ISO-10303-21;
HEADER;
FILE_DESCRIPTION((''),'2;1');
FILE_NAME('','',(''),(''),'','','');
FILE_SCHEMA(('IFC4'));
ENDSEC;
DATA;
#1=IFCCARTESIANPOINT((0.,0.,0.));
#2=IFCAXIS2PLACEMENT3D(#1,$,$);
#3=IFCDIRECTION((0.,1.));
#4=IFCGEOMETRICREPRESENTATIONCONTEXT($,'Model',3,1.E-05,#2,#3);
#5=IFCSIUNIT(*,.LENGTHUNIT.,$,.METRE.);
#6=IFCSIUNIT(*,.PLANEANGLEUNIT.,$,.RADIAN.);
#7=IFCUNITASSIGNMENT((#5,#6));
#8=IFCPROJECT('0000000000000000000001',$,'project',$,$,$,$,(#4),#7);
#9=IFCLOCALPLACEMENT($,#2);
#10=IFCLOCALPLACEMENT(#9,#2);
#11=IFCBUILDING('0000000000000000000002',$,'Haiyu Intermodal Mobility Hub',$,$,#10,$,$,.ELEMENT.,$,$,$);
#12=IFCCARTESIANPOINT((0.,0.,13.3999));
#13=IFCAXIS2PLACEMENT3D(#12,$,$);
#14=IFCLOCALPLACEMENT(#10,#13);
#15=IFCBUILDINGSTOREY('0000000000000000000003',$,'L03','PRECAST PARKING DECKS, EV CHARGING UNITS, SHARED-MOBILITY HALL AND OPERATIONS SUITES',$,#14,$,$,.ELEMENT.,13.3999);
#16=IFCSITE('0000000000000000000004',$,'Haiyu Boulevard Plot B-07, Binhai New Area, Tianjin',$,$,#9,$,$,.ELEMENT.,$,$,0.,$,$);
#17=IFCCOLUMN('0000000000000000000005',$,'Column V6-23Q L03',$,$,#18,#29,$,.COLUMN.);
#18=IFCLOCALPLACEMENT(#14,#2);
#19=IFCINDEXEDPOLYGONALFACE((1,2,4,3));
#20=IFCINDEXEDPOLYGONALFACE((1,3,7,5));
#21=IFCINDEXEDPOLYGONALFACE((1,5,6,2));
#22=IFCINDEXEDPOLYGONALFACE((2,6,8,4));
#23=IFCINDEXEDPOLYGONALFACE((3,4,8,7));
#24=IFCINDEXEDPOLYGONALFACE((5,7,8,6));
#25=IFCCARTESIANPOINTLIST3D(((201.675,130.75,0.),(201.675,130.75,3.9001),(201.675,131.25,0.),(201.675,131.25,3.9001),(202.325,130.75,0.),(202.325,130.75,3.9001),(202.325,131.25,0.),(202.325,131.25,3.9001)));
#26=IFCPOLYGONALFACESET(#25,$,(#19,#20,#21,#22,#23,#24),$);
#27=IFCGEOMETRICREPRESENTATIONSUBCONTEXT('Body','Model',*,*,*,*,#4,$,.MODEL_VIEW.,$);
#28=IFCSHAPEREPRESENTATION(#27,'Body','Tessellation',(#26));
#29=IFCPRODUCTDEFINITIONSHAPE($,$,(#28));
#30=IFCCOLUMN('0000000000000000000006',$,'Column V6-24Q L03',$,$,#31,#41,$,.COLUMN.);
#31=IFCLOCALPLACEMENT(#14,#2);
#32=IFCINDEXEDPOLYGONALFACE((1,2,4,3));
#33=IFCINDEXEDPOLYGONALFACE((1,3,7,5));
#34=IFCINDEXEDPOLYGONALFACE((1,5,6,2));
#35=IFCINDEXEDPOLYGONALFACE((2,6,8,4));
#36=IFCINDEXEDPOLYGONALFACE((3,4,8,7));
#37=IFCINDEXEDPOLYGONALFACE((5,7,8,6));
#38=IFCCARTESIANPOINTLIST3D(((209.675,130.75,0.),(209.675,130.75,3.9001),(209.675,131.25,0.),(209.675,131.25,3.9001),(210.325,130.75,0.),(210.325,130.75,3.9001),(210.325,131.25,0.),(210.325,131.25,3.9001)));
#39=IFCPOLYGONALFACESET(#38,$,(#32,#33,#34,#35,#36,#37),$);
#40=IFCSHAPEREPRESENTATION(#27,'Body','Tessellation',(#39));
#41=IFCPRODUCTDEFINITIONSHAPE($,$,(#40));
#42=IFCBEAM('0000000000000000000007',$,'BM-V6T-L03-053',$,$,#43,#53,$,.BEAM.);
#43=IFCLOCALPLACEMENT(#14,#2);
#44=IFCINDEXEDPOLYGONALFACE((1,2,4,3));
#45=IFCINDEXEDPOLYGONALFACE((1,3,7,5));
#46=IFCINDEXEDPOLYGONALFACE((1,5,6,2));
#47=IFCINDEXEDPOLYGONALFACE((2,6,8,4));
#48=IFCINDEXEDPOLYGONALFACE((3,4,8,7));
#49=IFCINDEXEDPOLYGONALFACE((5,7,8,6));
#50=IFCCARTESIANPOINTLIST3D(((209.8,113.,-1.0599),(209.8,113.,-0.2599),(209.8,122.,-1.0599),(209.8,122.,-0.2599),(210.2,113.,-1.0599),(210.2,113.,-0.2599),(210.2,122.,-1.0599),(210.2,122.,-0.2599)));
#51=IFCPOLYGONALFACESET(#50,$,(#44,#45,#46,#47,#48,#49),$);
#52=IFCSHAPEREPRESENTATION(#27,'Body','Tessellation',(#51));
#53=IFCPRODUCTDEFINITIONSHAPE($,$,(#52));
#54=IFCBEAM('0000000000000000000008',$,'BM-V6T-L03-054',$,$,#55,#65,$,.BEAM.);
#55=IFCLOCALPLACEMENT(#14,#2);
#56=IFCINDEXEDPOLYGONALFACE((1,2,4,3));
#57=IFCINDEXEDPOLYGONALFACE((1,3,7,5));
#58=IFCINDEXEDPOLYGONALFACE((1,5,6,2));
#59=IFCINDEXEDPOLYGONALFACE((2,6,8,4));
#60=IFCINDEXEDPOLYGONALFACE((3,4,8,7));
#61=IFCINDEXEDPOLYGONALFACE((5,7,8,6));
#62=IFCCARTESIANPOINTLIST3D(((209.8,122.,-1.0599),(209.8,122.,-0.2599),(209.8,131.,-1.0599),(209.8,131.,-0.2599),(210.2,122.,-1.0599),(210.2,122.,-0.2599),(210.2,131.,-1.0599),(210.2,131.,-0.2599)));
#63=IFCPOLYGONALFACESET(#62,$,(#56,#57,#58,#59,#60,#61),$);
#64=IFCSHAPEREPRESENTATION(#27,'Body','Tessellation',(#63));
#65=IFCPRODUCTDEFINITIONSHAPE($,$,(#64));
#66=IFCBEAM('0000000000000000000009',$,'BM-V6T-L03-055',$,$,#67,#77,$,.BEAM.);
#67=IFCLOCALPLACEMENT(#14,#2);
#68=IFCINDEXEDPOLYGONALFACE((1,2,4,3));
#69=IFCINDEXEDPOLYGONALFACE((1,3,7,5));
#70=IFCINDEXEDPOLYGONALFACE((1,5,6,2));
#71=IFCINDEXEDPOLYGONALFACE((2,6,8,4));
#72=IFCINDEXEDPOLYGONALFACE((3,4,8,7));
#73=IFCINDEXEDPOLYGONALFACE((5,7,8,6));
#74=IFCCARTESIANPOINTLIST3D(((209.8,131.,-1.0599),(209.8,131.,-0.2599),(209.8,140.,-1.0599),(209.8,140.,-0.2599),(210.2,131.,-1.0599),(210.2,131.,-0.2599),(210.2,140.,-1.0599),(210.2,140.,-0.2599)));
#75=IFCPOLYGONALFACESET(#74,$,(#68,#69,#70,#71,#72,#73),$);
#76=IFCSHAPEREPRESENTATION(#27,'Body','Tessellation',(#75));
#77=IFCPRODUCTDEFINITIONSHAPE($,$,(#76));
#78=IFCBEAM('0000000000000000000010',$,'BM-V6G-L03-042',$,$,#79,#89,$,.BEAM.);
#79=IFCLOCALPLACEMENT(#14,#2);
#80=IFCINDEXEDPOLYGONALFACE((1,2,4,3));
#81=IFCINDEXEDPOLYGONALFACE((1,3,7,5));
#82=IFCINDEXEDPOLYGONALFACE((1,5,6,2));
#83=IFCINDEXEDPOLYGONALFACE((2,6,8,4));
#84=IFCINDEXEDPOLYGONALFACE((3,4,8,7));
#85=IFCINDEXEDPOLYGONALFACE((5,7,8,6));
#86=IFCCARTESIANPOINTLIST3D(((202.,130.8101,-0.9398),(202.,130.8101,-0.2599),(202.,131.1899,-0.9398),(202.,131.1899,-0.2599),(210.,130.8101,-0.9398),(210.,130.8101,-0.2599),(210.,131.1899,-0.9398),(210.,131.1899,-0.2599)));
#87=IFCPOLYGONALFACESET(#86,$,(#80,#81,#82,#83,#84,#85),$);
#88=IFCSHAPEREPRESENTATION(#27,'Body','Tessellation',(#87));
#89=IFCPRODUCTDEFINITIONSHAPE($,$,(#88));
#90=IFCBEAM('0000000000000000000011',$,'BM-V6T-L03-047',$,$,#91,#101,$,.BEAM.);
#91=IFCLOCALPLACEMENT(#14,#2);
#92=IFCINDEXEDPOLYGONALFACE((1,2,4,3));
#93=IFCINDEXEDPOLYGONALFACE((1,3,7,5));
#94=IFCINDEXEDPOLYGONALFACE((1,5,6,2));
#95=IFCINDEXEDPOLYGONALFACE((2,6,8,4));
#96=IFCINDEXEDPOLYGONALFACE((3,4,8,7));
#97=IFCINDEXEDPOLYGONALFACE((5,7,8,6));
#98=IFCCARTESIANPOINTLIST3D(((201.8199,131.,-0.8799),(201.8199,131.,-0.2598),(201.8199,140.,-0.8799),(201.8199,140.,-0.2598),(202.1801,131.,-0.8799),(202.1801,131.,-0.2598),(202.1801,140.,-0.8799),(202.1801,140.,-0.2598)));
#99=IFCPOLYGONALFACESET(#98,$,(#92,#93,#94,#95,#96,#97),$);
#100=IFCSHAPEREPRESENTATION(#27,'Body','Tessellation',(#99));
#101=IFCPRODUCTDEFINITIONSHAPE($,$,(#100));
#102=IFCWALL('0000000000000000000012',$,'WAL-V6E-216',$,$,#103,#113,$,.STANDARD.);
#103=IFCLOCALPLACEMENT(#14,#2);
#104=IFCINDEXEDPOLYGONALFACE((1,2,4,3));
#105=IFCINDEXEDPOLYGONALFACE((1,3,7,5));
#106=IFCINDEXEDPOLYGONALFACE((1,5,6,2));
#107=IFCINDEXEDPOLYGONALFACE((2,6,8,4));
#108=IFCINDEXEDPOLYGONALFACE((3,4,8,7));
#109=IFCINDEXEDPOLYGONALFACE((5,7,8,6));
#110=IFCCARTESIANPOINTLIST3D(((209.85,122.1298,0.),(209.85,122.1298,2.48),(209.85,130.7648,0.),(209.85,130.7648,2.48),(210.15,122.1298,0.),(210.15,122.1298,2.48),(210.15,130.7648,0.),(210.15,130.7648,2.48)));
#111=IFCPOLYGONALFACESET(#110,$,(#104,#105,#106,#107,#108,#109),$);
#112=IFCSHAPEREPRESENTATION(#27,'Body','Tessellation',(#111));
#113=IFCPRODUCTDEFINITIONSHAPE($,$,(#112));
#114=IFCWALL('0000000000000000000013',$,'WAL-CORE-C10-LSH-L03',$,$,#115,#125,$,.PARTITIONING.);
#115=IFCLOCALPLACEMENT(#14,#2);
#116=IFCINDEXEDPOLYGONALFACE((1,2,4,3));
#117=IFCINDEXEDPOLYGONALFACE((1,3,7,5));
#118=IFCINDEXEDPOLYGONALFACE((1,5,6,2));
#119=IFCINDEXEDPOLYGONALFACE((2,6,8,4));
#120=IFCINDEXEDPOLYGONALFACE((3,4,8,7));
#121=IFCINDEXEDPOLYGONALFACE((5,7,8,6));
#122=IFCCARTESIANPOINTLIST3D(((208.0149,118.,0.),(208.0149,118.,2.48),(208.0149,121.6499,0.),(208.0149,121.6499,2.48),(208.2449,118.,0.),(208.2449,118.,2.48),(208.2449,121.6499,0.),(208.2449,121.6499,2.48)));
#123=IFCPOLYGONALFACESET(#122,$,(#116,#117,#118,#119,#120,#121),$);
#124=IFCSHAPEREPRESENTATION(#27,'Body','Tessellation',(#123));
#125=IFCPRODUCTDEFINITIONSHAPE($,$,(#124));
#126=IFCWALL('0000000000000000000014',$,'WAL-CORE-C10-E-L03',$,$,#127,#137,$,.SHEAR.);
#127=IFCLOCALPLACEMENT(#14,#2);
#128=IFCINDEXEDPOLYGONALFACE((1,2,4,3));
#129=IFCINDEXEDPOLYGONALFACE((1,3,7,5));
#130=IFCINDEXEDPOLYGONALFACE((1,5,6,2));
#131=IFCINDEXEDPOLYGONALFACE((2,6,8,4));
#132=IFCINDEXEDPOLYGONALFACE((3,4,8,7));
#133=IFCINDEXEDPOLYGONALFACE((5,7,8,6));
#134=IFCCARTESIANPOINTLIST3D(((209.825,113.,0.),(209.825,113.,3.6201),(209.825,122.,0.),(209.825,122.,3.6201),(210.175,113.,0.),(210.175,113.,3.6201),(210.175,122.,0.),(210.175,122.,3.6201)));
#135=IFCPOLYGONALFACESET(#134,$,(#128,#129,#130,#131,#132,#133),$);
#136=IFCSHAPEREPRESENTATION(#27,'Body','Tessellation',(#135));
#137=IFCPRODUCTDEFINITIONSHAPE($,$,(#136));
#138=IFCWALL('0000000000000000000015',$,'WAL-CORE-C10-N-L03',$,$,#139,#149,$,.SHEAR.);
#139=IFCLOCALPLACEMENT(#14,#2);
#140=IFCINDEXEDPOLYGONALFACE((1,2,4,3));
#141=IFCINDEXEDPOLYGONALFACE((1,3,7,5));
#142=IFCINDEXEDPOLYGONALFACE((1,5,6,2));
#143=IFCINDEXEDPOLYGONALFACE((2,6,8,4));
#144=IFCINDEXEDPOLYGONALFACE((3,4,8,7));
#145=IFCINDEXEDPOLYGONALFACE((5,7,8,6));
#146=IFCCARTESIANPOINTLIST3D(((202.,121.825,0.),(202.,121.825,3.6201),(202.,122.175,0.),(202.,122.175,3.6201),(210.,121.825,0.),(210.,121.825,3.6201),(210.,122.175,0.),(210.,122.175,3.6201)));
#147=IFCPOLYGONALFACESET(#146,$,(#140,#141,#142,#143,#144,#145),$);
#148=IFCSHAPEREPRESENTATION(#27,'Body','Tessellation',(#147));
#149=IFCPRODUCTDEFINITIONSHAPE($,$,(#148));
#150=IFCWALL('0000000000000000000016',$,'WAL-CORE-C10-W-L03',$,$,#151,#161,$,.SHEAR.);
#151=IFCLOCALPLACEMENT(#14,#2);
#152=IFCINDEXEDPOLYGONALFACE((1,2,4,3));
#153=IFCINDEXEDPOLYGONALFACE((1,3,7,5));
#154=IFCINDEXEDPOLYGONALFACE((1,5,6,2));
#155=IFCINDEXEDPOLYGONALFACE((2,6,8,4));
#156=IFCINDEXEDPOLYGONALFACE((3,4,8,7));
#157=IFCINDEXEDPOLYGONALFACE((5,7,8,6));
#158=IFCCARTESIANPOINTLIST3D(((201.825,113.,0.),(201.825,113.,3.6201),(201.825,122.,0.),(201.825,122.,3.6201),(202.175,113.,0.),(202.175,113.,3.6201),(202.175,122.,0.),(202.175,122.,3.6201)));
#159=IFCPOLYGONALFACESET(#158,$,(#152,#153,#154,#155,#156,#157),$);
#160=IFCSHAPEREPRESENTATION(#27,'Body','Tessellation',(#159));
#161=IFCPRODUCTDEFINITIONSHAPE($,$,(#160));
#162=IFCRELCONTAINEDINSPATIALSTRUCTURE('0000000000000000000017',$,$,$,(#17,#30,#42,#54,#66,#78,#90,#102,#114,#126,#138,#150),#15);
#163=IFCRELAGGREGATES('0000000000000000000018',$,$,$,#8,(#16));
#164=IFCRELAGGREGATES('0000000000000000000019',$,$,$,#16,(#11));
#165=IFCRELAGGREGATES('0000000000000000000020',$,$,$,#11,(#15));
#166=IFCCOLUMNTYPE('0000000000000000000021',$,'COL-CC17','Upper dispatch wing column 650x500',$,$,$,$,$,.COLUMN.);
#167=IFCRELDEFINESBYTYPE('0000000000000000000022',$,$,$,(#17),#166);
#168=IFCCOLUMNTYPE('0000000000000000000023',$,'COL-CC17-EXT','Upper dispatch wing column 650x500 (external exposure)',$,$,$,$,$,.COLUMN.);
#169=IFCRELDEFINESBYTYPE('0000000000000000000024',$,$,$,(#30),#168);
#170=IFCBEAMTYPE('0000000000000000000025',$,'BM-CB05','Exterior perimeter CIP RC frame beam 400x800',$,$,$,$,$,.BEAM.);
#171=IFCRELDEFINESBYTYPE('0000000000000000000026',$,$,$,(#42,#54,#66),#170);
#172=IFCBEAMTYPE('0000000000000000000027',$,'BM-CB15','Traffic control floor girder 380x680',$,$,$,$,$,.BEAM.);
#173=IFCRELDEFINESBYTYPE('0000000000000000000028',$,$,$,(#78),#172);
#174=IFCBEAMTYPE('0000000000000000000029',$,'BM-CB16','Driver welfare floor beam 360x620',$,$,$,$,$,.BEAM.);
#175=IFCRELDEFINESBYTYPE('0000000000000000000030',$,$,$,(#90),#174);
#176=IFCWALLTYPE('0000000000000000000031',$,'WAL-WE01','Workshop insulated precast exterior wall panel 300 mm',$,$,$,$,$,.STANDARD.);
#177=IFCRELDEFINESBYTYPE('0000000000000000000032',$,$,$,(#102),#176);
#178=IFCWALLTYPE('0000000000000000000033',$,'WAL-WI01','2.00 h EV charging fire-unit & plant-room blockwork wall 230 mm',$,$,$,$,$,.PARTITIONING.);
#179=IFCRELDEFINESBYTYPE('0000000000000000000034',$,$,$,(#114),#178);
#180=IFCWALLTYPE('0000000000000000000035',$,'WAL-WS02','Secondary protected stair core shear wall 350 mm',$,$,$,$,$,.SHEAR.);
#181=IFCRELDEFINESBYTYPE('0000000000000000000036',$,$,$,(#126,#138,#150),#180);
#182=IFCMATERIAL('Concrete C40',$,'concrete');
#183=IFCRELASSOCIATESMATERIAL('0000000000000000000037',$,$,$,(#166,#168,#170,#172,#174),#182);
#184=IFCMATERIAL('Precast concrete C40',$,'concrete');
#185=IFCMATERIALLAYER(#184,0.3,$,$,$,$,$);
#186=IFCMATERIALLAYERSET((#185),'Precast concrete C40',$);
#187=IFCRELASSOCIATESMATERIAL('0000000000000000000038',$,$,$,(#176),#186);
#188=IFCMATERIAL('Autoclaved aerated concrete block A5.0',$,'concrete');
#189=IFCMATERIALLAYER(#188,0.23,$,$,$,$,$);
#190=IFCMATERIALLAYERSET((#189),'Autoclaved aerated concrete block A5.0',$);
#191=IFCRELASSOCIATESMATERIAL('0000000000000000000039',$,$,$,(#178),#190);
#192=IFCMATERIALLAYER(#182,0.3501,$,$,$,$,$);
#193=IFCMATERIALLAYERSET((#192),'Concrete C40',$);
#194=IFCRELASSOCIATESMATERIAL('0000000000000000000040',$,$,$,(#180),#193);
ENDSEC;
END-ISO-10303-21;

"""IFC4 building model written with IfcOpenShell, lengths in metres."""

from ifc_helpers import new_model, si_unit, direction, frame, frame_2d, origin, origin_2d, place, context, subcontext, project, spatial, rectangle, extrude, material, layer, layer_set, material_profile, profile_set, type_object, element, save


model = new_model("IFC4")

# Units and contexts
model_context = context("Model", 3, precision=1e-05, world=origin(), true_north=direction((0.0, 1.0)))
body_context = subcontext(model_context, "Body", "Model", "MODEL_VIEW")
ifc_project = project(units=[si_unit("LENGTHUNIT", "METRE"), si_unit("PLANEANGLEUNIT", "RADIAN")], contexts=[model_context])

# Site, building, storey
site_placement = place(None, origin())
site = spatial("IfcSite", under=ifc_project, at=site_placement, Name="Haiyu Boulevard Plot B-07, Binhai New Area, Tianjin", CompositionType="ELEMENT", RefElevation=0.0)
building_placement = place(site_placement, origin())
building = spatial("IfcBuilding", under=site, at=building_placement, Name="Haiyu Intermodal Mobility Hub", CompositionType="ELEMENT")
storey_placement = place(building_placement, frame((0.0, 0.0, 13.3999)))
storey = spatial("IfcBuildingStorey", under=building, at=storey_placement, Name="L03", Description="PRECAST PARKING DECKS, EV CHARGING UNITS, SHARED-MOBILITY HALL AND OPERATIONS SUITES", CompositionType="ELEMENT", Elevation=13.3999)

# Columns
ifc_material_1 = material(Name="Concrete C40", Category="concrete")
ifc_material_profile_1 = material_profile(ifc_material_1, rectangle(XDim=0.6499, YDim=0.5, at=origin_2d()), Name="C650x500")
ifc_profile_set_1 = profile_set([ifc_material_profile_1], Name="Concrete C40")
column_type_1 = type_object("IfcColumnType", Name="COL-CC17", Description="Upper dispatch wing column 650x500", PredefinedType="COLUMN", material=ifc_profile_set_1)
column_1_placement = place(storey_placement, frame((202.0, 131.0, 0.0), z_axis=(0.0, 0.0, 1.0), x_axis=(1.0, 0.0, 0.0)))
element("IfcColumn", 1, at=column_1_placement, inside=storey, type_object=column_type_1, Name="Column V6-23Q L03", PredefinedType="COLUMN", context=body_context, shape_type="SweptSolid", body=[
    extrude(rectangle(XDim=0.6499, YDim=0.5, at=origin_2d()), origin(), (0.0, 0.0, 1.0), 3.9001),
])
ifc_material_profile_2 = material_profile(ifc_material_1, rectangle(XDim=0.6499, YDim=0.5, at=origin_2d()), Name="C650x500")
ifc_profile_set_2 = profile_set([ifc_material_profile_2], Name="Concrete C40")
column_type_2 = type_object("IfcColumnType", Name="COL-CC17-EXT", Description="Upper dispatch wing column 650x500 (external exposure)", PredefinedType="COLUMN", material=ifc_profile_set_2)
column_2_placement = place(storey_placement, frame((210.0, 131.0, 0.0), z_axis=(0.0, 0.0, 1.0), x_axis=(1.0, 0.0, 0.0)))
element("IfcColumn", 2, at=column_2_placement, inside=storey, type_object=column_type_2, Name="Column V6-24Q L03", PredefinedType="COLUMN", context=body_context, shape_type="SweptSolid", body=[
    extrude(rectangle(XDim=0.6499, YDim=0.5, at=origin_2d()), origin(), (0.0, 0.0, 1.0), 3.9001),
])

# Beams
ifc_material_profile_3 = material_profile(ifc_material_1, rectangle(XDim=0.3999, YDim=0.8, at=origin_2d()), Name="RCB400x800")
ifc_profile_set_3 = profile_set([ifc_material_profile_3], Name="Concrete C40")
beam_type_1 = type_object("IfcBeamType", Name="BM-CB05", Description="Exterior perimeter CIP RC frame beam 400x800", PredefinedType="BEAM", material=ifc_profile_set_3)
for number, where, z_axis, x_axis, name in (
    (3, (210.0, 113.0, -0.6599), (0.0, 1.0, 0.0), (-1.0, 0.0, 0.0), "BM-V6T-L03-053"),
    (4, (210.0, 122.0, -0.6599), (0.0, 1.0, 0.0), (-1.0, 0.0, 0.0), "BM-V6T-L03-054"),
    (5, (210.0, 131.0, -0.6599), (0.0, 1.0, 0.0), (-1.0, 0.0, 0.0), "BM-V6T-L03-055"),
):
    element("IfcBeam", number, at=place(storey_placement, frame(where, z_axis=z_axis, x_axis=x_axis)), inside=storey, type_object=beam_type_1, Name=name, PredefinedType="BEAM", context=body_context, shape_type="SweptSolid", body=[
        extrude(rectangle(XDim=0.3999, YDim=0.8, at=origin_2d()), origin(), (0.0, 0.0, 1.0), 9.0),
    ])
ifc_material_profile_4 = material_profile(ifc_material_1, rectangle(XDim=0.3799, YDim=0.6799, at=origin_2d()), Name="B380x680")
ifc_profile_set_4 = profile_set([ifc_material_profile_4], Name="Concrete C40")
beam_type_2 = type_object("IfcBeamType", Name="BM-CB15", Description="Traffic control floor girder 380x680", PredefinedType="BEAM", material=ifc_profile_set_4)
beam_1_placement = place(storey_placement, frame((202.0, 131.0, -0.5999), z_axis=(1.0, 0.0, 0.0), x_axis=(0.0, 1.0, 0.0)))
element("IfcBeam", 6, at=beam_1_placement, inside=storey, type_object=beam_type_2, Name="BM-V6G-L03-042", PredefinedType="BEAM", context=body_context, shape_type="SweptSolid", body=[
    extrude(rectangle(XDim=0.3799, YDim=0.6799, at=origin_2d()), origin(), (0.0, 0.0, 1.0), 8.0),
])
ifc_material_profile_5 = material_profile(ifc_material_1, rectangle(XDim=0.3601, YDim=0.6201, at=origin_2d()), Name="B360x620")
ifc_profile_set_5 = profile_set([ifc_material_profile_5], Name="Concrete C40")
beam_type_3 = type_object("IfcBeamType", Name="BM-CB16", Description="Driver welfare floor beam 360x620", PredefinedType="BEAM", material=ifc_profile_set_5)
beam_2_placement = place(storey_placement, frame((202.0, 131.0, -0.5698), z_axis=(0.0, 1.0, 0.0), x_axis=(-1.0, 0.0, 0.0)))
element("IfcBeam", 7, at=beam_2_placement, inside=storey, type_object=beam_type_3, Name="BM-V6T-L03-047", PredefinedType="BEAM", context=body_context, shape_type="SweptSolid", body=[
    extrude(rectangle(XDim=0.3601, YDim=0.6201, at=origin_2d()), origin(), (0.0, 0.0, 1.0), 9.0),
])

# Walls
ifc_material_2 = material(Name="Precast concrete C40", Category="concrete")
ifc_layer_1 = layer(ifc_material_2, 0.3)
ifc_layer_set_1 = layer_set([ifc_layer_1], Name="Precast concrete C40")
wall_type_1 = type_object("IfcWallType", Name="WAL-WE01", Description="Workshop insulated precast exterior wall panel 300 mm", PredefinedType="STANDARD", material=ifc_layer_set_1)
wall_1_placement = place(storey_placement, frame((210.0, 122.1299, 0.0), z_axis=(0.0, 0.0, 1.0), x_axis=(0.0, 1.0, 0.0)))
element("IfcWall", 8, at=wall_1_placement, inside=storey, type_object=wall_type_1, Name="WAL-V6E-216", PredefinedType="STANDARD", context=body_context, shape_type="SweptSolid", body=[
    extrude(rectangle(XDim=8.635, YDim=0.3, at=frame_2d((4.3174, 0.0))), origin(), (0.0, 0.0, 1.0), 2.48),
])
ifc_material_3 = material(Name="Autoclaved aerated concrete block A5.0", Category="concrete")
ifc_layer_2 = layer(ifc_material_3, 0.23)
ifc_layer_set_2 = layer_set([ifc_layer_2], Name="Autoclaved aerated concrete block A5.0")
wall_type_2 = type_object("IfcWallType", Name="WAL-WI01", Description="2.00 h EV charging fire-unit & plant-room blockwork wall 230 mm", PredefinedType="PARTITIONING", material=ifc_layer_set_2)
wall_2_placement = place(storey_placement, frame((208.1299, 118.0, 0.0), z_axis=(0.0, 0.0, 1.0), x_axis=(0.0, 1.0, 0.0)))
element("IfcWall", 9, at=wall_2_placement, inside=storey, type_object=wall_type_2, Name="WAL-CORE-C10-LSH-L03", PredefinedType="PARTITIONING", context=body_context, shape_type="SweptSolid", body=[
    extrude(rectangle(XDim=3.6499, YDim=0.23, at=frame_2d((1.825, 0.0))), origin(), (0.0, 0.0, 1.0), 2.48),
])

# Walls
ifc_layer_3 = layer(ifc_material_1, 0.3501)
ifc_layer_set_3 = layer_set([ifc_layer_3], Name="Concrete C40")
wall_type_3 = type_object("IfcWallType", Name="WAL-WS02", Description="Secondary protected stair core shear wall 350 mm", PredefinedType="SHEAR", material=ifc_layer_set_3)
wall_3_placement = place(storey_placement, frame((210.0, 113.0, 0.0), z_axis=(0.0, 0.0, 1.0), x_axis=(0.0, 1.0, 0.0)))
element("IfcWall", 10, at=wall_3_placement, inside=storey, type_object=wall_type_3, Name="WAL-CORE-C10-E-L03", PredefinedType="SHEAR", context=body_context, shape_type="SweptSolid", body=[
    extrude(rectangle(XDim=9.0, YDim=0.3501, at=frame_2d((4.5, 0.0))), origin(), (0.0, 0.0, 1.0), 3.6201),
])
wall_4_placement = place(storey_placement, frame((210.0, 122.0, 0.0), z_axis=(0.0, 0.0, 1.0), x_axis=(-1.0, 0.0, 0.0)))
element("IfcWall", 11, at=wall_4_placement, inside=storey, type_object=wall_type_3, Name="WAL-CORE-C10-N-L03", PredefinedType="SHEAR", context=body_context, shape_type="SweptSolid", body=[
    extrude(rectangle(XDim=8.0, YDim=0.3501, at=frame_2d((4.0, 0.0))), origin(), (0.0, 0.0, 1.0), 3.6201),
])
wall_5_placement = place(storey_placement, frame((202.0, 122.0, 0.0), z_axis=(0.0, 0.0, 1.0), x_axis=(0.0, -1.0, 0.0)))
element("IfcWall", 12, at=wall_5_placement, inside=storey, type_object=wall_type_3, Name="WAL-CORE-C10-W-L03", PredefinedType="SHEAR", context=body_context, shape_type="SweptSolid", body=[
    extrude(rectangle(XDim=9.0, YDim=0.3501, at=frame_2d((4.5, 0.0))), origin(), (0.0, 0.0, 1.0), 3.6201),
])

save(model, "model.ifc")
